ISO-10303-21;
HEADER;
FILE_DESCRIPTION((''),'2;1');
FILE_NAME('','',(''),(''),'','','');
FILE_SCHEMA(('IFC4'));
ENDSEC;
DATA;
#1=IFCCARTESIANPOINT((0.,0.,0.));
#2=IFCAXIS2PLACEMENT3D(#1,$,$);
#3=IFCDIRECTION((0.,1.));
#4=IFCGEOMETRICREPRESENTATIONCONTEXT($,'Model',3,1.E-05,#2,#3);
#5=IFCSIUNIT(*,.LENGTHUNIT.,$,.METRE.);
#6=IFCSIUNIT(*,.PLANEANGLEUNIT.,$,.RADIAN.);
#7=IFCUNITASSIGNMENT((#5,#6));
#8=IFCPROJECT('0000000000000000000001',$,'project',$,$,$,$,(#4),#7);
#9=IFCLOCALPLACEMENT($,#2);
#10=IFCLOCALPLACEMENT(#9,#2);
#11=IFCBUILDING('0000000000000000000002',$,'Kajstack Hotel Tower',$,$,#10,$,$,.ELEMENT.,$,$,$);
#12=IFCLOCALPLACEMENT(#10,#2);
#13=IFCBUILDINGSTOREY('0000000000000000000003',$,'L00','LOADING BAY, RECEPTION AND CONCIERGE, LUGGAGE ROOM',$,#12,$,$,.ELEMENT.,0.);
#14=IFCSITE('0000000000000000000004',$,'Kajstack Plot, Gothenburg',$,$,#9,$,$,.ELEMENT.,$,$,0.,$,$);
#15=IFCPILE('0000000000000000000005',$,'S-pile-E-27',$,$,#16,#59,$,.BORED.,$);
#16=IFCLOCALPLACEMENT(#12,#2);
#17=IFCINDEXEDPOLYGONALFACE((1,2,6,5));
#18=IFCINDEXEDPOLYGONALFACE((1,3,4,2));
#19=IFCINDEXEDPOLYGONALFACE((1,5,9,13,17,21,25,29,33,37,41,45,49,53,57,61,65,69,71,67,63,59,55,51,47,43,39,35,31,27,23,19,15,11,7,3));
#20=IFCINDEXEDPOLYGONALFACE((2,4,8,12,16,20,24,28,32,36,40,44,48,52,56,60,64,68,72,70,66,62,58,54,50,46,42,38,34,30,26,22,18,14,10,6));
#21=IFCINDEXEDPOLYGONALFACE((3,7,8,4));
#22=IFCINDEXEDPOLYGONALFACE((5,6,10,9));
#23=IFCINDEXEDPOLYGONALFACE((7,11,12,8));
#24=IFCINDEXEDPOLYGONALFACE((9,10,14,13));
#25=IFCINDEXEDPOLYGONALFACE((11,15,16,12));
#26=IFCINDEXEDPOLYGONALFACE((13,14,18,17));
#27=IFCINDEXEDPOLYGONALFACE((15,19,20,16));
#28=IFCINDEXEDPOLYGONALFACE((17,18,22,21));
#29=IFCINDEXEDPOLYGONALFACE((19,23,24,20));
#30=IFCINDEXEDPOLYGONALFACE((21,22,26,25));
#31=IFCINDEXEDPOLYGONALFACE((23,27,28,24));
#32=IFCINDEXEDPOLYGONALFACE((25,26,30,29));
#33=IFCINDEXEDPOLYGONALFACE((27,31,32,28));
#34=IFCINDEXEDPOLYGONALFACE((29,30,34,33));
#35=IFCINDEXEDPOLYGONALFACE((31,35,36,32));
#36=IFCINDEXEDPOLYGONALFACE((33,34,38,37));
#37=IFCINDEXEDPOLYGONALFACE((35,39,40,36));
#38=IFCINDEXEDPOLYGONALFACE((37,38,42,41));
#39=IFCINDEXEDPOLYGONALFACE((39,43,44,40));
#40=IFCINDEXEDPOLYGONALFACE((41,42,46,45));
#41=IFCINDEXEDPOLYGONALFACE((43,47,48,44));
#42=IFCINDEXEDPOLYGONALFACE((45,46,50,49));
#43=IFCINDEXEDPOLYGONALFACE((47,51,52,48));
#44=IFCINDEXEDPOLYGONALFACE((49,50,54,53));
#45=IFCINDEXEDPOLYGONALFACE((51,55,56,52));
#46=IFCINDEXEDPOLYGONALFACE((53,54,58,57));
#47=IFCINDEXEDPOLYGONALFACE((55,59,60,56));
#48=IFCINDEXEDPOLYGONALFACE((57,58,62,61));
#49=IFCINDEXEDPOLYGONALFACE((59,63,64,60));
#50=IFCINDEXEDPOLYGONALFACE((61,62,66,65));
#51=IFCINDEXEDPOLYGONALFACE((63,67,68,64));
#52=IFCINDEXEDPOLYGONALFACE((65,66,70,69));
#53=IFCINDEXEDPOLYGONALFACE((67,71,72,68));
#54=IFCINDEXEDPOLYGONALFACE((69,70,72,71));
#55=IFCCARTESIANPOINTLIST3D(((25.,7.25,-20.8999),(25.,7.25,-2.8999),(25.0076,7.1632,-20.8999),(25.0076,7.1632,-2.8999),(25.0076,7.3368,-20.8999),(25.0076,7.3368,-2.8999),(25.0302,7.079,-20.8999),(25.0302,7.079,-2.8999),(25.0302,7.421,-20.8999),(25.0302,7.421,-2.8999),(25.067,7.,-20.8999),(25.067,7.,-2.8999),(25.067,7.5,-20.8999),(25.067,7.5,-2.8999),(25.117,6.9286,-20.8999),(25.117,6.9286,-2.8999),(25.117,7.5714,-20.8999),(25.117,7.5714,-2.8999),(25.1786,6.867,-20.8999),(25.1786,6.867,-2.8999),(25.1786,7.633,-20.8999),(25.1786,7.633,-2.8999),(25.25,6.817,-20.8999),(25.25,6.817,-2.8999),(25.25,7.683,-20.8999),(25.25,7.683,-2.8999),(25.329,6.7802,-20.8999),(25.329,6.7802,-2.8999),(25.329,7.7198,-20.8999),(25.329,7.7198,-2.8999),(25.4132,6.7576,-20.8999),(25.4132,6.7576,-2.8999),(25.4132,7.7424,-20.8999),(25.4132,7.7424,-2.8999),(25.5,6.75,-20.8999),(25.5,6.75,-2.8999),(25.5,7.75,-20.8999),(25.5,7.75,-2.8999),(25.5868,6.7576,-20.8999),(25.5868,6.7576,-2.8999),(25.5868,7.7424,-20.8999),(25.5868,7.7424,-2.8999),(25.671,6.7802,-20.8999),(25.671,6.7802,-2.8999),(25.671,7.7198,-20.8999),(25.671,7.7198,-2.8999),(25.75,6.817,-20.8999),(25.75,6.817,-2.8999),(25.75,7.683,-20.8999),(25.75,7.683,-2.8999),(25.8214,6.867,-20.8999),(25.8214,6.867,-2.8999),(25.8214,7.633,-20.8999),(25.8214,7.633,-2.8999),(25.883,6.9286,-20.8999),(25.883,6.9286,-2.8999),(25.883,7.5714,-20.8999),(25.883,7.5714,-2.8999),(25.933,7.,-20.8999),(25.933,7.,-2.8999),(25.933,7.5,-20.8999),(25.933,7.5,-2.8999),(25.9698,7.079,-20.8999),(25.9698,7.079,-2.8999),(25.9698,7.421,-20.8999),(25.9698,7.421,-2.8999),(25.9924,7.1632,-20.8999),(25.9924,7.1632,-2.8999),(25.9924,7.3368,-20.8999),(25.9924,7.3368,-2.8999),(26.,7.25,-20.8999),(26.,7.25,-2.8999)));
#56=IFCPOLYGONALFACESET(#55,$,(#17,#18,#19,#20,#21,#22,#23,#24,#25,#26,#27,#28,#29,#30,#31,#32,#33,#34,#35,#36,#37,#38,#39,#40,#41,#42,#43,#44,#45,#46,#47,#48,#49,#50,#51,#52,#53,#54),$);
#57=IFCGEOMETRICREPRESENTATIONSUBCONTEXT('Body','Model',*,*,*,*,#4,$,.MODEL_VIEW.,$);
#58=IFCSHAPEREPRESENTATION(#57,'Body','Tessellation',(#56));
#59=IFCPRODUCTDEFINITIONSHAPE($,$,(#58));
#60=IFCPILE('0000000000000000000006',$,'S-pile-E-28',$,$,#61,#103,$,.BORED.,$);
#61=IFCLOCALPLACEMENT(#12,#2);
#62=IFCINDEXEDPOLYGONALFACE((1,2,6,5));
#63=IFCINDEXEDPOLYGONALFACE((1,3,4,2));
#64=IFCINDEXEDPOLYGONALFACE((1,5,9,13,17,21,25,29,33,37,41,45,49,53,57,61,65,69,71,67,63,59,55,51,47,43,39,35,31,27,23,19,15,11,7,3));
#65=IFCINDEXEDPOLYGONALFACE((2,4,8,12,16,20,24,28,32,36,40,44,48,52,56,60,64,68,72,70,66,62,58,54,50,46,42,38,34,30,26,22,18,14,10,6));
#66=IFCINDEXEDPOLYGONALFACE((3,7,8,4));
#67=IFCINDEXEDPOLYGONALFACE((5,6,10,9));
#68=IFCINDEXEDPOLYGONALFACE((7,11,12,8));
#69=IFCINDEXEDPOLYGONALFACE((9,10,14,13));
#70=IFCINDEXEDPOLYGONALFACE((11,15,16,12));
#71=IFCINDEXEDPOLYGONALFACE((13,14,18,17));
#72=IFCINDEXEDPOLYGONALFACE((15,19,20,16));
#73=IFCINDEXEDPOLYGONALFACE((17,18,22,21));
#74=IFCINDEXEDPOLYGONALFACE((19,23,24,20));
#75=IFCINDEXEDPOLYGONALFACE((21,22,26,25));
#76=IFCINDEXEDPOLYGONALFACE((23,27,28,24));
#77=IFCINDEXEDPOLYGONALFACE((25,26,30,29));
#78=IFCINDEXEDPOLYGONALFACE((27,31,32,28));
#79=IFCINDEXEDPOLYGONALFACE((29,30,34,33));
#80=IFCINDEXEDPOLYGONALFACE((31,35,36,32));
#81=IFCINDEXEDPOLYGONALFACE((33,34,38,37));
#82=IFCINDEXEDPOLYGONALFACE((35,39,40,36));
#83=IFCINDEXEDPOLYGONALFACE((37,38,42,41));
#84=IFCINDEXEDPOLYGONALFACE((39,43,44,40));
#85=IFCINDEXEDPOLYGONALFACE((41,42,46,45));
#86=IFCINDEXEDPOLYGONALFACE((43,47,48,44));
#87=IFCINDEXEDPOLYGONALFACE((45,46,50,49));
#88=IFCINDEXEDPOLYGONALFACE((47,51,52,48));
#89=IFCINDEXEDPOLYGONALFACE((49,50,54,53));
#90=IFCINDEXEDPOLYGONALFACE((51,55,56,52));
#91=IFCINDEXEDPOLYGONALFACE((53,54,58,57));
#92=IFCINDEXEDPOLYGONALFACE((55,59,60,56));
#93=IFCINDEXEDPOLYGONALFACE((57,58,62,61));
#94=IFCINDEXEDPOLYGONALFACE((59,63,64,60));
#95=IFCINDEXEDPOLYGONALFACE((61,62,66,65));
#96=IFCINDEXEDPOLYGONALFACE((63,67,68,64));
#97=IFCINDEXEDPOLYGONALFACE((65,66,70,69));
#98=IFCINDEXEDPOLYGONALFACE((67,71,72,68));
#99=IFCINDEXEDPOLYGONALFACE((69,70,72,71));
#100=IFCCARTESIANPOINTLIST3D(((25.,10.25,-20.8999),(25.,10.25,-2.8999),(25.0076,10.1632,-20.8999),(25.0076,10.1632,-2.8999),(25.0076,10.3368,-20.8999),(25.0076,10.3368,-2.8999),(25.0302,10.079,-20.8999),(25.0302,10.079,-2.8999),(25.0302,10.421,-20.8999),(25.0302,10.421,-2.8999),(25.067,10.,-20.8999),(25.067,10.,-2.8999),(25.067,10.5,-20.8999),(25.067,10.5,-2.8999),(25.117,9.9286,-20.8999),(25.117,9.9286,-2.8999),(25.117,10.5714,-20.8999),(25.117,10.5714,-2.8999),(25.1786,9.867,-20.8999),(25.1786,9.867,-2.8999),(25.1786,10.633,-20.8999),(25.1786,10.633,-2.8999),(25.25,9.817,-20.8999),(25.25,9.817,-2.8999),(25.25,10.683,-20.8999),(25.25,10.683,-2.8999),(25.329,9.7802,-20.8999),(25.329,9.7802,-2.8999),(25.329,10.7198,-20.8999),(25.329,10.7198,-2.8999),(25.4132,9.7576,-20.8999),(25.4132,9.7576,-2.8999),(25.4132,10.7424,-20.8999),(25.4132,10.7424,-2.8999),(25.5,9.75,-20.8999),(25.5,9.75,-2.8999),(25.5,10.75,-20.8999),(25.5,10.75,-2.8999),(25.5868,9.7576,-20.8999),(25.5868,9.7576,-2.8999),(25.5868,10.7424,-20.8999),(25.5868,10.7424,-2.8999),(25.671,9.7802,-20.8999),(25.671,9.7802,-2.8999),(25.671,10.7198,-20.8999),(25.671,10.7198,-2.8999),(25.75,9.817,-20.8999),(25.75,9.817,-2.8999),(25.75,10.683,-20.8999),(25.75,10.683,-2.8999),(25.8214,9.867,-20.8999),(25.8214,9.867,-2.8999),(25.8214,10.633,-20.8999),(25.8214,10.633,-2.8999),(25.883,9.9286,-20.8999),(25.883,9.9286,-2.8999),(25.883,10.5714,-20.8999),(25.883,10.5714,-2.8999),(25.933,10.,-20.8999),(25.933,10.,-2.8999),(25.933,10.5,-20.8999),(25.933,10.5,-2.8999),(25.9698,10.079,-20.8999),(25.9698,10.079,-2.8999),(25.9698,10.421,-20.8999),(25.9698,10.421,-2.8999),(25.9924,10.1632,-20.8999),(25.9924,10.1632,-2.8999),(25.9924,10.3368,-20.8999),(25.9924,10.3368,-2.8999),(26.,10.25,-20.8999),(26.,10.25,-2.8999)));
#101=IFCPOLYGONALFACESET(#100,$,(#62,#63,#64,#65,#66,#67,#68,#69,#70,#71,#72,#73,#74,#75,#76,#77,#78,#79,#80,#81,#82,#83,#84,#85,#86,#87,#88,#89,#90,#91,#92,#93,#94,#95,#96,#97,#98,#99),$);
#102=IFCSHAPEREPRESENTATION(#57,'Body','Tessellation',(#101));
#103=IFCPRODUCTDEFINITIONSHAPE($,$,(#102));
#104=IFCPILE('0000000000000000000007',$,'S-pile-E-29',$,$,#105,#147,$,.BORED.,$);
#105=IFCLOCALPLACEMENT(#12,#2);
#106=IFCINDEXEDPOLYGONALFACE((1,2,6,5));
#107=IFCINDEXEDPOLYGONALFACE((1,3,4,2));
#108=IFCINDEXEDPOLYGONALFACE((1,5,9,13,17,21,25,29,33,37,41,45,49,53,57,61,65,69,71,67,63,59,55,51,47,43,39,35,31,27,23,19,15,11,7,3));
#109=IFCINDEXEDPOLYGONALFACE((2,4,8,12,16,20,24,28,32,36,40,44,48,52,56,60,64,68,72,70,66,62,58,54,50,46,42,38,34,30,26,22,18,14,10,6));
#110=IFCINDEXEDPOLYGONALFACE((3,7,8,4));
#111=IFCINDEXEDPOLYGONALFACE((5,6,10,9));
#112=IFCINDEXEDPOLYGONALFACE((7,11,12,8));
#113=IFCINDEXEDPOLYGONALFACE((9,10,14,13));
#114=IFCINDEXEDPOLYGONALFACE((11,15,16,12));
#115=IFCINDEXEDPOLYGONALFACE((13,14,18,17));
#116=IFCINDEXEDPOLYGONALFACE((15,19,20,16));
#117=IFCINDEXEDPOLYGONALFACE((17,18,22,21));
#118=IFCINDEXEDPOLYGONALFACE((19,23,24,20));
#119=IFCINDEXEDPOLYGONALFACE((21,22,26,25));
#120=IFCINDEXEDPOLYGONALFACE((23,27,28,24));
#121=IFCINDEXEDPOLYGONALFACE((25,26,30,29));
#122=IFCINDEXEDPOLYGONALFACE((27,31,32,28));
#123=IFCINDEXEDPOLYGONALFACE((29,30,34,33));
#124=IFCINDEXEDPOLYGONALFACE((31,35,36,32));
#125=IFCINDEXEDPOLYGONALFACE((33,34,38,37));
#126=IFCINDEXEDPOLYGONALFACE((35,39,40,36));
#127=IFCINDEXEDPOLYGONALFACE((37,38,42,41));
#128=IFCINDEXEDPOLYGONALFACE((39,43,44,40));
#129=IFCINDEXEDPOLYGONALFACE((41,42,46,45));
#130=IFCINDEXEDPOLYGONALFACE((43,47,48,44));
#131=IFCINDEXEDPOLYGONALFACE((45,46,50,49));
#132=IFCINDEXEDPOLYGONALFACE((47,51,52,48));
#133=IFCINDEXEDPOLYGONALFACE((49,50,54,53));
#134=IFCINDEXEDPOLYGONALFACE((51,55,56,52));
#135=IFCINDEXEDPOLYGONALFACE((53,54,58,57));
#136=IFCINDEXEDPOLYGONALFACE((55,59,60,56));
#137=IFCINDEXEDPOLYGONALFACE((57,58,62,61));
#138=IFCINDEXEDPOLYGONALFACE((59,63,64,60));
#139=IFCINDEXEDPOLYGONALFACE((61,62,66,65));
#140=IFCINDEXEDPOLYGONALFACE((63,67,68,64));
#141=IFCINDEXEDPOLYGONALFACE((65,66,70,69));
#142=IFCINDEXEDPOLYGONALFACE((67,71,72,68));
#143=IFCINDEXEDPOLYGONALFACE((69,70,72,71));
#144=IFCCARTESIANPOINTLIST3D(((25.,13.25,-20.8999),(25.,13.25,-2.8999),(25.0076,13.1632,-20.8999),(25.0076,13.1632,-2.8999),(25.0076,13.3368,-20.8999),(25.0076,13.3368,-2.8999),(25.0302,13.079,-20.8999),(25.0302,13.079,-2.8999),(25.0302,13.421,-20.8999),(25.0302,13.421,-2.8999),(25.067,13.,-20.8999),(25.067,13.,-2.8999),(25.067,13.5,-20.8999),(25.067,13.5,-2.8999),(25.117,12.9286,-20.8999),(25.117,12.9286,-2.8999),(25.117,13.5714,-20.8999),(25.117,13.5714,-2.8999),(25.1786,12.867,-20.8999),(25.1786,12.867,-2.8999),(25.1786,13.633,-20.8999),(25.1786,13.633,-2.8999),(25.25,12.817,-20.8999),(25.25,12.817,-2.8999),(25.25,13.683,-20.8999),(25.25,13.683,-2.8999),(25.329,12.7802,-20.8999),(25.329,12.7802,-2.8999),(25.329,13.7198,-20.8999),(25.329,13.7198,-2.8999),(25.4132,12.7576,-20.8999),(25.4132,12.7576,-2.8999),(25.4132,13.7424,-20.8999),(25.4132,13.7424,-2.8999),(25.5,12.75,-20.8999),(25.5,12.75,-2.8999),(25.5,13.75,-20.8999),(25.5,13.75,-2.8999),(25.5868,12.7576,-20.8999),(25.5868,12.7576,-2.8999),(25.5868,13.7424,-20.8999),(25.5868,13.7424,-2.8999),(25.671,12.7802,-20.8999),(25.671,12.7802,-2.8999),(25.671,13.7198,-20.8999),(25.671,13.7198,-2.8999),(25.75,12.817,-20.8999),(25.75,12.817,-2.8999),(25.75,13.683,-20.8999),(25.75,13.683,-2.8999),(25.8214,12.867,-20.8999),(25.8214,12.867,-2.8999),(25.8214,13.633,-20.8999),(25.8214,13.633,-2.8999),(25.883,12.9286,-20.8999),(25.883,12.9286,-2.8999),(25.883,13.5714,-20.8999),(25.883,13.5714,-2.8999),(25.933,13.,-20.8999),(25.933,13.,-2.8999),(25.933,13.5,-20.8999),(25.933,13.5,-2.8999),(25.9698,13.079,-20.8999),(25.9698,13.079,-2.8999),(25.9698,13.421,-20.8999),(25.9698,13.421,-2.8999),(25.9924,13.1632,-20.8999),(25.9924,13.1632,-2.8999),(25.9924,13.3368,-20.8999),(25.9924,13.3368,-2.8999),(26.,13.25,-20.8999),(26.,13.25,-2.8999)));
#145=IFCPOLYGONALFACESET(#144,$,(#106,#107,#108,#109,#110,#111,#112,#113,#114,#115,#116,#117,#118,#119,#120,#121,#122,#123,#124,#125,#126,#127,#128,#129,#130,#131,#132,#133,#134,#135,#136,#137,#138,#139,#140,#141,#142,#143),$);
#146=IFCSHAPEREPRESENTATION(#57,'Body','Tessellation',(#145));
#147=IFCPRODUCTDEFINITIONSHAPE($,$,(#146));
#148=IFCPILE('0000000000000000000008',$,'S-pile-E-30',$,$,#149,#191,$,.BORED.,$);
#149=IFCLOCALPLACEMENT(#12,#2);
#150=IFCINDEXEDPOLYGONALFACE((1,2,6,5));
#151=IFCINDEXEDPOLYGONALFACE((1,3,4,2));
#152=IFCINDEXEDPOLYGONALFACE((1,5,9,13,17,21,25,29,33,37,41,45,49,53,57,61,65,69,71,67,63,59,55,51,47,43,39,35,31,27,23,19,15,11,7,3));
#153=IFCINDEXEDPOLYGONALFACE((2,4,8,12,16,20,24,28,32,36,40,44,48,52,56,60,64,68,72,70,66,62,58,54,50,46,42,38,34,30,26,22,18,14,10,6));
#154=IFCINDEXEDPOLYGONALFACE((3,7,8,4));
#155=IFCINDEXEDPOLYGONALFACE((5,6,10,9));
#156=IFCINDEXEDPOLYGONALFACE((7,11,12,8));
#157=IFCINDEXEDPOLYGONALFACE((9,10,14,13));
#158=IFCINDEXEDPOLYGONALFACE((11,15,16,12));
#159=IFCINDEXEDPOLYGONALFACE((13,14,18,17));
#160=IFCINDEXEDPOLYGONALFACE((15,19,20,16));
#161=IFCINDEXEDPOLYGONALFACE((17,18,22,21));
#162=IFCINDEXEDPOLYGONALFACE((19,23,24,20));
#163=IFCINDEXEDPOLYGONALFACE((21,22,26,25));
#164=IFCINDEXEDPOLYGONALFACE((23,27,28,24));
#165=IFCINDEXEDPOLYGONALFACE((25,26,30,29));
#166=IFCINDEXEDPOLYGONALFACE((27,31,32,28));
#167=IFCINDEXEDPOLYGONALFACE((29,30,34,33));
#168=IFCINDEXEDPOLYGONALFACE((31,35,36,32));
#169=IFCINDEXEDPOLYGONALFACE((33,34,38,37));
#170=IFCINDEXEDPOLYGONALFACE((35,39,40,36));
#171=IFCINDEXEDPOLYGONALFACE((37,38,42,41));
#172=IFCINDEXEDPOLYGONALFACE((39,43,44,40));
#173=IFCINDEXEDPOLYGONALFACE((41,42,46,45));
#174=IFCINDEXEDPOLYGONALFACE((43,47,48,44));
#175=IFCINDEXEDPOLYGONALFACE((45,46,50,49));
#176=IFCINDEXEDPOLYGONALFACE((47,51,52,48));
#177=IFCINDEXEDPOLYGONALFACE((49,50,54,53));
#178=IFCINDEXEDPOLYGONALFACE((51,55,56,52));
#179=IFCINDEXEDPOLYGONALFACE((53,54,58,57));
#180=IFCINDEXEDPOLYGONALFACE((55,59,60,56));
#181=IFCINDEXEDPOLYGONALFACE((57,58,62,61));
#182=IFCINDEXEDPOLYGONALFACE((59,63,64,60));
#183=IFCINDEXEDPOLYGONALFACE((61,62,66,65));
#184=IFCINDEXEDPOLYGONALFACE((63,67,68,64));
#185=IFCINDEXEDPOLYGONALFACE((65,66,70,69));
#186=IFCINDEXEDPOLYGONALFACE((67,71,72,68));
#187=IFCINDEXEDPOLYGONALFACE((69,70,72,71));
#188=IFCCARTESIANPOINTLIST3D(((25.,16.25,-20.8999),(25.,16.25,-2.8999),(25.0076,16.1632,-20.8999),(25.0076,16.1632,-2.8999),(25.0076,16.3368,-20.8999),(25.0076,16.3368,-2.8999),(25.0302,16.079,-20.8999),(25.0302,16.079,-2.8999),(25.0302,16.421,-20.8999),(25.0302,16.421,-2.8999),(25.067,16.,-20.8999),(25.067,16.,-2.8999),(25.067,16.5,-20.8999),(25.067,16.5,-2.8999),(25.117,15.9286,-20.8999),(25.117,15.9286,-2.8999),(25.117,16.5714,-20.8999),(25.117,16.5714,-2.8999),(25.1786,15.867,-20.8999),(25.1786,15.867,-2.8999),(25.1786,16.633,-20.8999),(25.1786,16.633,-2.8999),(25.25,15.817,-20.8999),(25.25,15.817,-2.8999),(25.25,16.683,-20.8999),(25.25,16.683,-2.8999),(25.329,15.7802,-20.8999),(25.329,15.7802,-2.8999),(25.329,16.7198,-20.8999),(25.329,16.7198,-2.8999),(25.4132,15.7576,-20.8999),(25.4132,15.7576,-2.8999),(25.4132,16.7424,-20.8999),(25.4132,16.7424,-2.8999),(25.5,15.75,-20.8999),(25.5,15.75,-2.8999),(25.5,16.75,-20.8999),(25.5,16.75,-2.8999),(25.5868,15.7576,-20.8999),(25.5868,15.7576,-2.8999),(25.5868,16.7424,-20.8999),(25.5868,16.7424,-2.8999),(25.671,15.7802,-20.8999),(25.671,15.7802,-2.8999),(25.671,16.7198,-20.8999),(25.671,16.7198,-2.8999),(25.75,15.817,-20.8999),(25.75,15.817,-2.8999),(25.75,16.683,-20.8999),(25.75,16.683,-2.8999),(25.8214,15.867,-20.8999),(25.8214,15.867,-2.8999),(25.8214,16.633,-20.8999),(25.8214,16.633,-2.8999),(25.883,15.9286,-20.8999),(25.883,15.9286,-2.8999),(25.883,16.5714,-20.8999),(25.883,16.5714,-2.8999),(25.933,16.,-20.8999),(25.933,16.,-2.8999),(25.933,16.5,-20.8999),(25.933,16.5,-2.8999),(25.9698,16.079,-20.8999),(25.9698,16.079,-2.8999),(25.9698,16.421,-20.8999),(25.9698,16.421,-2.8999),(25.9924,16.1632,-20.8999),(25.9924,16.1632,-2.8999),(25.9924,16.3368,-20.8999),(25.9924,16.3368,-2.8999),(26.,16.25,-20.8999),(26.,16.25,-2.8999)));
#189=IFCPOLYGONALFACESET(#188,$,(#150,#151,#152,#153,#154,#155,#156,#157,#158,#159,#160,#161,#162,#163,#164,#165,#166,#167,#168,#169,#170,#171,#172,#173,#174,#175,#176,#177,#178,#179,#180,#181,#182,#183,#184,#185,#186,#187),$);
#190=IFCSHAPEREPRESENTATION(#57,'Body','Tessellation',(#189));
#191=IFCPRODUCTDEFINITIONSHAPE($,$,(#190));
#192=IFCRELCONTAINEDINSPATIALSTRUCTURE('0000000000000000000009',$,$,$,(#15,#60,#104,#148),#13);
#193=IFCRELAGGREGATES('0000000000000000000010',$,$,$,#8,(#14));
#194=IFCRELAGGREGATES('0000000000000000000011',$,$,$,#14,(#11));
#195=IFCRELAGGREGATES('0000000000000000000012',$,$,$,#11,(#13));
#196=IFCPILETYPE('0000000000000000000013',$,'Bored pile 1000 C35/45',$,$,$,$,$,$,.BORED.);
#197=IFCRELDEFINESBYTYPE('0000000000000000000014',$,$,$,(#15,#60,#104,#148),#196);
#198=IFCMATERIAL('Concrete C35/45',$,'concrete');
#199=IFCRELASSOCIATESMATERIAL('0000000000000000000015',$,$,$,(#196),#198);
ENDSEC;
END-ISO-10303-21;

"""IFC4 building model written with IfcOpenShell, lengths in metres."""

from ifc_helpers import new_model, si_unit, direction, frame, origin, origin_2d, place, context, subcontext, project, spatial, circle, extrude, material, material_profile, profile_set, type_object, element, save


model = new_model("IFC4")

# Units and contexts
model_context = context("Model", 3, precision=1e-05, world=origin(), true_north=direction((0.0, 1.0)))
body_context = subcontext(model_context, "Body", "Model", "MODEL_VIEW")
ifc_project = project(units=[si_unit("LENGTHUNIT", "METRE"), si_unit("PLANEANGLEUNIT", "RADIAN")], contexts=[model_context])

# Site, building, storey
site_placement = place(None, origin())
site = spatial("IfcSite", under=ifc_project, at=site_placement, Name="Kajstack Plot, Gothenburg", CompositionType="ELEMENT", RefElevation=0.0)
building_placement = place(site_placement, origin())
building = spatial("IfcBuilding", under=site, at=building_placement, Name="Kajstack Hotel Tower", CompositionType="ELEMENT")
storey_placement = place(building_placement, origin())
storey = spatial("IfcBuildingStorey", under=building, at=storey_placement, Name="L00", Description="LOADING BAY, RECEPTION AND CONCIERGE, LUGGAGE ROOM", CompositionType="ELEMENT", Elevation=0.0)

# Piles
ifc_material_1 = material(Name="Concrete C35/45", Category="concrete")
ifc_material_profile = material_profile(ifc_material_1, circle(Radius=0.5, at=origin_2d()), Name="RC round 1000")
ifc_profile_set = profile_set([ifc_material_profile], Name="Concrete C35/45")
pile_type = type_object("IfcPileType", Name="Bored pile 1000 C35/45", PredefinedType="BORED", material=ifc_profile_set)
for number, where, z_axis, x_axis, name in (
    (1, (25.5, 7.25, -2.8999), (0.0, 0.0, -1.0), (1.0, 0.0, 0.0), "S-pile-E-27"),
    (2, (25.5, 10.25, -2.8999), (0.0, 0.0, -1.0), (1.0, 0.0, 0.0), "S-pile-E-28"),
    (3, (25.5, 13.25, -2.8999), (0.0, 0.0, -1.0), (1.0, 0.0, 0.0), "S-pile-E-29"),
    (4, (25.5, 16.25, -2.8999), (0.0, 0.0, -1.0), (1.0, 0.0, 0.0), "S-pile-E-30"),
):
    element("IfcPile", number, at=place(storey_placement, frame(where, z_axis=z_axis, x_axis=x_axis)), inside=storey, type_object=pile_type, Name=name, PredefinedType="BORED", context=body_context, shape_type="SweptSolid", body=[
        extrude(circle(Radius=0.5, at=origin_2d()), origin(), (0.0, 0.0, 1.0), 18.0),
    ])

save(model, "model.ifc")
